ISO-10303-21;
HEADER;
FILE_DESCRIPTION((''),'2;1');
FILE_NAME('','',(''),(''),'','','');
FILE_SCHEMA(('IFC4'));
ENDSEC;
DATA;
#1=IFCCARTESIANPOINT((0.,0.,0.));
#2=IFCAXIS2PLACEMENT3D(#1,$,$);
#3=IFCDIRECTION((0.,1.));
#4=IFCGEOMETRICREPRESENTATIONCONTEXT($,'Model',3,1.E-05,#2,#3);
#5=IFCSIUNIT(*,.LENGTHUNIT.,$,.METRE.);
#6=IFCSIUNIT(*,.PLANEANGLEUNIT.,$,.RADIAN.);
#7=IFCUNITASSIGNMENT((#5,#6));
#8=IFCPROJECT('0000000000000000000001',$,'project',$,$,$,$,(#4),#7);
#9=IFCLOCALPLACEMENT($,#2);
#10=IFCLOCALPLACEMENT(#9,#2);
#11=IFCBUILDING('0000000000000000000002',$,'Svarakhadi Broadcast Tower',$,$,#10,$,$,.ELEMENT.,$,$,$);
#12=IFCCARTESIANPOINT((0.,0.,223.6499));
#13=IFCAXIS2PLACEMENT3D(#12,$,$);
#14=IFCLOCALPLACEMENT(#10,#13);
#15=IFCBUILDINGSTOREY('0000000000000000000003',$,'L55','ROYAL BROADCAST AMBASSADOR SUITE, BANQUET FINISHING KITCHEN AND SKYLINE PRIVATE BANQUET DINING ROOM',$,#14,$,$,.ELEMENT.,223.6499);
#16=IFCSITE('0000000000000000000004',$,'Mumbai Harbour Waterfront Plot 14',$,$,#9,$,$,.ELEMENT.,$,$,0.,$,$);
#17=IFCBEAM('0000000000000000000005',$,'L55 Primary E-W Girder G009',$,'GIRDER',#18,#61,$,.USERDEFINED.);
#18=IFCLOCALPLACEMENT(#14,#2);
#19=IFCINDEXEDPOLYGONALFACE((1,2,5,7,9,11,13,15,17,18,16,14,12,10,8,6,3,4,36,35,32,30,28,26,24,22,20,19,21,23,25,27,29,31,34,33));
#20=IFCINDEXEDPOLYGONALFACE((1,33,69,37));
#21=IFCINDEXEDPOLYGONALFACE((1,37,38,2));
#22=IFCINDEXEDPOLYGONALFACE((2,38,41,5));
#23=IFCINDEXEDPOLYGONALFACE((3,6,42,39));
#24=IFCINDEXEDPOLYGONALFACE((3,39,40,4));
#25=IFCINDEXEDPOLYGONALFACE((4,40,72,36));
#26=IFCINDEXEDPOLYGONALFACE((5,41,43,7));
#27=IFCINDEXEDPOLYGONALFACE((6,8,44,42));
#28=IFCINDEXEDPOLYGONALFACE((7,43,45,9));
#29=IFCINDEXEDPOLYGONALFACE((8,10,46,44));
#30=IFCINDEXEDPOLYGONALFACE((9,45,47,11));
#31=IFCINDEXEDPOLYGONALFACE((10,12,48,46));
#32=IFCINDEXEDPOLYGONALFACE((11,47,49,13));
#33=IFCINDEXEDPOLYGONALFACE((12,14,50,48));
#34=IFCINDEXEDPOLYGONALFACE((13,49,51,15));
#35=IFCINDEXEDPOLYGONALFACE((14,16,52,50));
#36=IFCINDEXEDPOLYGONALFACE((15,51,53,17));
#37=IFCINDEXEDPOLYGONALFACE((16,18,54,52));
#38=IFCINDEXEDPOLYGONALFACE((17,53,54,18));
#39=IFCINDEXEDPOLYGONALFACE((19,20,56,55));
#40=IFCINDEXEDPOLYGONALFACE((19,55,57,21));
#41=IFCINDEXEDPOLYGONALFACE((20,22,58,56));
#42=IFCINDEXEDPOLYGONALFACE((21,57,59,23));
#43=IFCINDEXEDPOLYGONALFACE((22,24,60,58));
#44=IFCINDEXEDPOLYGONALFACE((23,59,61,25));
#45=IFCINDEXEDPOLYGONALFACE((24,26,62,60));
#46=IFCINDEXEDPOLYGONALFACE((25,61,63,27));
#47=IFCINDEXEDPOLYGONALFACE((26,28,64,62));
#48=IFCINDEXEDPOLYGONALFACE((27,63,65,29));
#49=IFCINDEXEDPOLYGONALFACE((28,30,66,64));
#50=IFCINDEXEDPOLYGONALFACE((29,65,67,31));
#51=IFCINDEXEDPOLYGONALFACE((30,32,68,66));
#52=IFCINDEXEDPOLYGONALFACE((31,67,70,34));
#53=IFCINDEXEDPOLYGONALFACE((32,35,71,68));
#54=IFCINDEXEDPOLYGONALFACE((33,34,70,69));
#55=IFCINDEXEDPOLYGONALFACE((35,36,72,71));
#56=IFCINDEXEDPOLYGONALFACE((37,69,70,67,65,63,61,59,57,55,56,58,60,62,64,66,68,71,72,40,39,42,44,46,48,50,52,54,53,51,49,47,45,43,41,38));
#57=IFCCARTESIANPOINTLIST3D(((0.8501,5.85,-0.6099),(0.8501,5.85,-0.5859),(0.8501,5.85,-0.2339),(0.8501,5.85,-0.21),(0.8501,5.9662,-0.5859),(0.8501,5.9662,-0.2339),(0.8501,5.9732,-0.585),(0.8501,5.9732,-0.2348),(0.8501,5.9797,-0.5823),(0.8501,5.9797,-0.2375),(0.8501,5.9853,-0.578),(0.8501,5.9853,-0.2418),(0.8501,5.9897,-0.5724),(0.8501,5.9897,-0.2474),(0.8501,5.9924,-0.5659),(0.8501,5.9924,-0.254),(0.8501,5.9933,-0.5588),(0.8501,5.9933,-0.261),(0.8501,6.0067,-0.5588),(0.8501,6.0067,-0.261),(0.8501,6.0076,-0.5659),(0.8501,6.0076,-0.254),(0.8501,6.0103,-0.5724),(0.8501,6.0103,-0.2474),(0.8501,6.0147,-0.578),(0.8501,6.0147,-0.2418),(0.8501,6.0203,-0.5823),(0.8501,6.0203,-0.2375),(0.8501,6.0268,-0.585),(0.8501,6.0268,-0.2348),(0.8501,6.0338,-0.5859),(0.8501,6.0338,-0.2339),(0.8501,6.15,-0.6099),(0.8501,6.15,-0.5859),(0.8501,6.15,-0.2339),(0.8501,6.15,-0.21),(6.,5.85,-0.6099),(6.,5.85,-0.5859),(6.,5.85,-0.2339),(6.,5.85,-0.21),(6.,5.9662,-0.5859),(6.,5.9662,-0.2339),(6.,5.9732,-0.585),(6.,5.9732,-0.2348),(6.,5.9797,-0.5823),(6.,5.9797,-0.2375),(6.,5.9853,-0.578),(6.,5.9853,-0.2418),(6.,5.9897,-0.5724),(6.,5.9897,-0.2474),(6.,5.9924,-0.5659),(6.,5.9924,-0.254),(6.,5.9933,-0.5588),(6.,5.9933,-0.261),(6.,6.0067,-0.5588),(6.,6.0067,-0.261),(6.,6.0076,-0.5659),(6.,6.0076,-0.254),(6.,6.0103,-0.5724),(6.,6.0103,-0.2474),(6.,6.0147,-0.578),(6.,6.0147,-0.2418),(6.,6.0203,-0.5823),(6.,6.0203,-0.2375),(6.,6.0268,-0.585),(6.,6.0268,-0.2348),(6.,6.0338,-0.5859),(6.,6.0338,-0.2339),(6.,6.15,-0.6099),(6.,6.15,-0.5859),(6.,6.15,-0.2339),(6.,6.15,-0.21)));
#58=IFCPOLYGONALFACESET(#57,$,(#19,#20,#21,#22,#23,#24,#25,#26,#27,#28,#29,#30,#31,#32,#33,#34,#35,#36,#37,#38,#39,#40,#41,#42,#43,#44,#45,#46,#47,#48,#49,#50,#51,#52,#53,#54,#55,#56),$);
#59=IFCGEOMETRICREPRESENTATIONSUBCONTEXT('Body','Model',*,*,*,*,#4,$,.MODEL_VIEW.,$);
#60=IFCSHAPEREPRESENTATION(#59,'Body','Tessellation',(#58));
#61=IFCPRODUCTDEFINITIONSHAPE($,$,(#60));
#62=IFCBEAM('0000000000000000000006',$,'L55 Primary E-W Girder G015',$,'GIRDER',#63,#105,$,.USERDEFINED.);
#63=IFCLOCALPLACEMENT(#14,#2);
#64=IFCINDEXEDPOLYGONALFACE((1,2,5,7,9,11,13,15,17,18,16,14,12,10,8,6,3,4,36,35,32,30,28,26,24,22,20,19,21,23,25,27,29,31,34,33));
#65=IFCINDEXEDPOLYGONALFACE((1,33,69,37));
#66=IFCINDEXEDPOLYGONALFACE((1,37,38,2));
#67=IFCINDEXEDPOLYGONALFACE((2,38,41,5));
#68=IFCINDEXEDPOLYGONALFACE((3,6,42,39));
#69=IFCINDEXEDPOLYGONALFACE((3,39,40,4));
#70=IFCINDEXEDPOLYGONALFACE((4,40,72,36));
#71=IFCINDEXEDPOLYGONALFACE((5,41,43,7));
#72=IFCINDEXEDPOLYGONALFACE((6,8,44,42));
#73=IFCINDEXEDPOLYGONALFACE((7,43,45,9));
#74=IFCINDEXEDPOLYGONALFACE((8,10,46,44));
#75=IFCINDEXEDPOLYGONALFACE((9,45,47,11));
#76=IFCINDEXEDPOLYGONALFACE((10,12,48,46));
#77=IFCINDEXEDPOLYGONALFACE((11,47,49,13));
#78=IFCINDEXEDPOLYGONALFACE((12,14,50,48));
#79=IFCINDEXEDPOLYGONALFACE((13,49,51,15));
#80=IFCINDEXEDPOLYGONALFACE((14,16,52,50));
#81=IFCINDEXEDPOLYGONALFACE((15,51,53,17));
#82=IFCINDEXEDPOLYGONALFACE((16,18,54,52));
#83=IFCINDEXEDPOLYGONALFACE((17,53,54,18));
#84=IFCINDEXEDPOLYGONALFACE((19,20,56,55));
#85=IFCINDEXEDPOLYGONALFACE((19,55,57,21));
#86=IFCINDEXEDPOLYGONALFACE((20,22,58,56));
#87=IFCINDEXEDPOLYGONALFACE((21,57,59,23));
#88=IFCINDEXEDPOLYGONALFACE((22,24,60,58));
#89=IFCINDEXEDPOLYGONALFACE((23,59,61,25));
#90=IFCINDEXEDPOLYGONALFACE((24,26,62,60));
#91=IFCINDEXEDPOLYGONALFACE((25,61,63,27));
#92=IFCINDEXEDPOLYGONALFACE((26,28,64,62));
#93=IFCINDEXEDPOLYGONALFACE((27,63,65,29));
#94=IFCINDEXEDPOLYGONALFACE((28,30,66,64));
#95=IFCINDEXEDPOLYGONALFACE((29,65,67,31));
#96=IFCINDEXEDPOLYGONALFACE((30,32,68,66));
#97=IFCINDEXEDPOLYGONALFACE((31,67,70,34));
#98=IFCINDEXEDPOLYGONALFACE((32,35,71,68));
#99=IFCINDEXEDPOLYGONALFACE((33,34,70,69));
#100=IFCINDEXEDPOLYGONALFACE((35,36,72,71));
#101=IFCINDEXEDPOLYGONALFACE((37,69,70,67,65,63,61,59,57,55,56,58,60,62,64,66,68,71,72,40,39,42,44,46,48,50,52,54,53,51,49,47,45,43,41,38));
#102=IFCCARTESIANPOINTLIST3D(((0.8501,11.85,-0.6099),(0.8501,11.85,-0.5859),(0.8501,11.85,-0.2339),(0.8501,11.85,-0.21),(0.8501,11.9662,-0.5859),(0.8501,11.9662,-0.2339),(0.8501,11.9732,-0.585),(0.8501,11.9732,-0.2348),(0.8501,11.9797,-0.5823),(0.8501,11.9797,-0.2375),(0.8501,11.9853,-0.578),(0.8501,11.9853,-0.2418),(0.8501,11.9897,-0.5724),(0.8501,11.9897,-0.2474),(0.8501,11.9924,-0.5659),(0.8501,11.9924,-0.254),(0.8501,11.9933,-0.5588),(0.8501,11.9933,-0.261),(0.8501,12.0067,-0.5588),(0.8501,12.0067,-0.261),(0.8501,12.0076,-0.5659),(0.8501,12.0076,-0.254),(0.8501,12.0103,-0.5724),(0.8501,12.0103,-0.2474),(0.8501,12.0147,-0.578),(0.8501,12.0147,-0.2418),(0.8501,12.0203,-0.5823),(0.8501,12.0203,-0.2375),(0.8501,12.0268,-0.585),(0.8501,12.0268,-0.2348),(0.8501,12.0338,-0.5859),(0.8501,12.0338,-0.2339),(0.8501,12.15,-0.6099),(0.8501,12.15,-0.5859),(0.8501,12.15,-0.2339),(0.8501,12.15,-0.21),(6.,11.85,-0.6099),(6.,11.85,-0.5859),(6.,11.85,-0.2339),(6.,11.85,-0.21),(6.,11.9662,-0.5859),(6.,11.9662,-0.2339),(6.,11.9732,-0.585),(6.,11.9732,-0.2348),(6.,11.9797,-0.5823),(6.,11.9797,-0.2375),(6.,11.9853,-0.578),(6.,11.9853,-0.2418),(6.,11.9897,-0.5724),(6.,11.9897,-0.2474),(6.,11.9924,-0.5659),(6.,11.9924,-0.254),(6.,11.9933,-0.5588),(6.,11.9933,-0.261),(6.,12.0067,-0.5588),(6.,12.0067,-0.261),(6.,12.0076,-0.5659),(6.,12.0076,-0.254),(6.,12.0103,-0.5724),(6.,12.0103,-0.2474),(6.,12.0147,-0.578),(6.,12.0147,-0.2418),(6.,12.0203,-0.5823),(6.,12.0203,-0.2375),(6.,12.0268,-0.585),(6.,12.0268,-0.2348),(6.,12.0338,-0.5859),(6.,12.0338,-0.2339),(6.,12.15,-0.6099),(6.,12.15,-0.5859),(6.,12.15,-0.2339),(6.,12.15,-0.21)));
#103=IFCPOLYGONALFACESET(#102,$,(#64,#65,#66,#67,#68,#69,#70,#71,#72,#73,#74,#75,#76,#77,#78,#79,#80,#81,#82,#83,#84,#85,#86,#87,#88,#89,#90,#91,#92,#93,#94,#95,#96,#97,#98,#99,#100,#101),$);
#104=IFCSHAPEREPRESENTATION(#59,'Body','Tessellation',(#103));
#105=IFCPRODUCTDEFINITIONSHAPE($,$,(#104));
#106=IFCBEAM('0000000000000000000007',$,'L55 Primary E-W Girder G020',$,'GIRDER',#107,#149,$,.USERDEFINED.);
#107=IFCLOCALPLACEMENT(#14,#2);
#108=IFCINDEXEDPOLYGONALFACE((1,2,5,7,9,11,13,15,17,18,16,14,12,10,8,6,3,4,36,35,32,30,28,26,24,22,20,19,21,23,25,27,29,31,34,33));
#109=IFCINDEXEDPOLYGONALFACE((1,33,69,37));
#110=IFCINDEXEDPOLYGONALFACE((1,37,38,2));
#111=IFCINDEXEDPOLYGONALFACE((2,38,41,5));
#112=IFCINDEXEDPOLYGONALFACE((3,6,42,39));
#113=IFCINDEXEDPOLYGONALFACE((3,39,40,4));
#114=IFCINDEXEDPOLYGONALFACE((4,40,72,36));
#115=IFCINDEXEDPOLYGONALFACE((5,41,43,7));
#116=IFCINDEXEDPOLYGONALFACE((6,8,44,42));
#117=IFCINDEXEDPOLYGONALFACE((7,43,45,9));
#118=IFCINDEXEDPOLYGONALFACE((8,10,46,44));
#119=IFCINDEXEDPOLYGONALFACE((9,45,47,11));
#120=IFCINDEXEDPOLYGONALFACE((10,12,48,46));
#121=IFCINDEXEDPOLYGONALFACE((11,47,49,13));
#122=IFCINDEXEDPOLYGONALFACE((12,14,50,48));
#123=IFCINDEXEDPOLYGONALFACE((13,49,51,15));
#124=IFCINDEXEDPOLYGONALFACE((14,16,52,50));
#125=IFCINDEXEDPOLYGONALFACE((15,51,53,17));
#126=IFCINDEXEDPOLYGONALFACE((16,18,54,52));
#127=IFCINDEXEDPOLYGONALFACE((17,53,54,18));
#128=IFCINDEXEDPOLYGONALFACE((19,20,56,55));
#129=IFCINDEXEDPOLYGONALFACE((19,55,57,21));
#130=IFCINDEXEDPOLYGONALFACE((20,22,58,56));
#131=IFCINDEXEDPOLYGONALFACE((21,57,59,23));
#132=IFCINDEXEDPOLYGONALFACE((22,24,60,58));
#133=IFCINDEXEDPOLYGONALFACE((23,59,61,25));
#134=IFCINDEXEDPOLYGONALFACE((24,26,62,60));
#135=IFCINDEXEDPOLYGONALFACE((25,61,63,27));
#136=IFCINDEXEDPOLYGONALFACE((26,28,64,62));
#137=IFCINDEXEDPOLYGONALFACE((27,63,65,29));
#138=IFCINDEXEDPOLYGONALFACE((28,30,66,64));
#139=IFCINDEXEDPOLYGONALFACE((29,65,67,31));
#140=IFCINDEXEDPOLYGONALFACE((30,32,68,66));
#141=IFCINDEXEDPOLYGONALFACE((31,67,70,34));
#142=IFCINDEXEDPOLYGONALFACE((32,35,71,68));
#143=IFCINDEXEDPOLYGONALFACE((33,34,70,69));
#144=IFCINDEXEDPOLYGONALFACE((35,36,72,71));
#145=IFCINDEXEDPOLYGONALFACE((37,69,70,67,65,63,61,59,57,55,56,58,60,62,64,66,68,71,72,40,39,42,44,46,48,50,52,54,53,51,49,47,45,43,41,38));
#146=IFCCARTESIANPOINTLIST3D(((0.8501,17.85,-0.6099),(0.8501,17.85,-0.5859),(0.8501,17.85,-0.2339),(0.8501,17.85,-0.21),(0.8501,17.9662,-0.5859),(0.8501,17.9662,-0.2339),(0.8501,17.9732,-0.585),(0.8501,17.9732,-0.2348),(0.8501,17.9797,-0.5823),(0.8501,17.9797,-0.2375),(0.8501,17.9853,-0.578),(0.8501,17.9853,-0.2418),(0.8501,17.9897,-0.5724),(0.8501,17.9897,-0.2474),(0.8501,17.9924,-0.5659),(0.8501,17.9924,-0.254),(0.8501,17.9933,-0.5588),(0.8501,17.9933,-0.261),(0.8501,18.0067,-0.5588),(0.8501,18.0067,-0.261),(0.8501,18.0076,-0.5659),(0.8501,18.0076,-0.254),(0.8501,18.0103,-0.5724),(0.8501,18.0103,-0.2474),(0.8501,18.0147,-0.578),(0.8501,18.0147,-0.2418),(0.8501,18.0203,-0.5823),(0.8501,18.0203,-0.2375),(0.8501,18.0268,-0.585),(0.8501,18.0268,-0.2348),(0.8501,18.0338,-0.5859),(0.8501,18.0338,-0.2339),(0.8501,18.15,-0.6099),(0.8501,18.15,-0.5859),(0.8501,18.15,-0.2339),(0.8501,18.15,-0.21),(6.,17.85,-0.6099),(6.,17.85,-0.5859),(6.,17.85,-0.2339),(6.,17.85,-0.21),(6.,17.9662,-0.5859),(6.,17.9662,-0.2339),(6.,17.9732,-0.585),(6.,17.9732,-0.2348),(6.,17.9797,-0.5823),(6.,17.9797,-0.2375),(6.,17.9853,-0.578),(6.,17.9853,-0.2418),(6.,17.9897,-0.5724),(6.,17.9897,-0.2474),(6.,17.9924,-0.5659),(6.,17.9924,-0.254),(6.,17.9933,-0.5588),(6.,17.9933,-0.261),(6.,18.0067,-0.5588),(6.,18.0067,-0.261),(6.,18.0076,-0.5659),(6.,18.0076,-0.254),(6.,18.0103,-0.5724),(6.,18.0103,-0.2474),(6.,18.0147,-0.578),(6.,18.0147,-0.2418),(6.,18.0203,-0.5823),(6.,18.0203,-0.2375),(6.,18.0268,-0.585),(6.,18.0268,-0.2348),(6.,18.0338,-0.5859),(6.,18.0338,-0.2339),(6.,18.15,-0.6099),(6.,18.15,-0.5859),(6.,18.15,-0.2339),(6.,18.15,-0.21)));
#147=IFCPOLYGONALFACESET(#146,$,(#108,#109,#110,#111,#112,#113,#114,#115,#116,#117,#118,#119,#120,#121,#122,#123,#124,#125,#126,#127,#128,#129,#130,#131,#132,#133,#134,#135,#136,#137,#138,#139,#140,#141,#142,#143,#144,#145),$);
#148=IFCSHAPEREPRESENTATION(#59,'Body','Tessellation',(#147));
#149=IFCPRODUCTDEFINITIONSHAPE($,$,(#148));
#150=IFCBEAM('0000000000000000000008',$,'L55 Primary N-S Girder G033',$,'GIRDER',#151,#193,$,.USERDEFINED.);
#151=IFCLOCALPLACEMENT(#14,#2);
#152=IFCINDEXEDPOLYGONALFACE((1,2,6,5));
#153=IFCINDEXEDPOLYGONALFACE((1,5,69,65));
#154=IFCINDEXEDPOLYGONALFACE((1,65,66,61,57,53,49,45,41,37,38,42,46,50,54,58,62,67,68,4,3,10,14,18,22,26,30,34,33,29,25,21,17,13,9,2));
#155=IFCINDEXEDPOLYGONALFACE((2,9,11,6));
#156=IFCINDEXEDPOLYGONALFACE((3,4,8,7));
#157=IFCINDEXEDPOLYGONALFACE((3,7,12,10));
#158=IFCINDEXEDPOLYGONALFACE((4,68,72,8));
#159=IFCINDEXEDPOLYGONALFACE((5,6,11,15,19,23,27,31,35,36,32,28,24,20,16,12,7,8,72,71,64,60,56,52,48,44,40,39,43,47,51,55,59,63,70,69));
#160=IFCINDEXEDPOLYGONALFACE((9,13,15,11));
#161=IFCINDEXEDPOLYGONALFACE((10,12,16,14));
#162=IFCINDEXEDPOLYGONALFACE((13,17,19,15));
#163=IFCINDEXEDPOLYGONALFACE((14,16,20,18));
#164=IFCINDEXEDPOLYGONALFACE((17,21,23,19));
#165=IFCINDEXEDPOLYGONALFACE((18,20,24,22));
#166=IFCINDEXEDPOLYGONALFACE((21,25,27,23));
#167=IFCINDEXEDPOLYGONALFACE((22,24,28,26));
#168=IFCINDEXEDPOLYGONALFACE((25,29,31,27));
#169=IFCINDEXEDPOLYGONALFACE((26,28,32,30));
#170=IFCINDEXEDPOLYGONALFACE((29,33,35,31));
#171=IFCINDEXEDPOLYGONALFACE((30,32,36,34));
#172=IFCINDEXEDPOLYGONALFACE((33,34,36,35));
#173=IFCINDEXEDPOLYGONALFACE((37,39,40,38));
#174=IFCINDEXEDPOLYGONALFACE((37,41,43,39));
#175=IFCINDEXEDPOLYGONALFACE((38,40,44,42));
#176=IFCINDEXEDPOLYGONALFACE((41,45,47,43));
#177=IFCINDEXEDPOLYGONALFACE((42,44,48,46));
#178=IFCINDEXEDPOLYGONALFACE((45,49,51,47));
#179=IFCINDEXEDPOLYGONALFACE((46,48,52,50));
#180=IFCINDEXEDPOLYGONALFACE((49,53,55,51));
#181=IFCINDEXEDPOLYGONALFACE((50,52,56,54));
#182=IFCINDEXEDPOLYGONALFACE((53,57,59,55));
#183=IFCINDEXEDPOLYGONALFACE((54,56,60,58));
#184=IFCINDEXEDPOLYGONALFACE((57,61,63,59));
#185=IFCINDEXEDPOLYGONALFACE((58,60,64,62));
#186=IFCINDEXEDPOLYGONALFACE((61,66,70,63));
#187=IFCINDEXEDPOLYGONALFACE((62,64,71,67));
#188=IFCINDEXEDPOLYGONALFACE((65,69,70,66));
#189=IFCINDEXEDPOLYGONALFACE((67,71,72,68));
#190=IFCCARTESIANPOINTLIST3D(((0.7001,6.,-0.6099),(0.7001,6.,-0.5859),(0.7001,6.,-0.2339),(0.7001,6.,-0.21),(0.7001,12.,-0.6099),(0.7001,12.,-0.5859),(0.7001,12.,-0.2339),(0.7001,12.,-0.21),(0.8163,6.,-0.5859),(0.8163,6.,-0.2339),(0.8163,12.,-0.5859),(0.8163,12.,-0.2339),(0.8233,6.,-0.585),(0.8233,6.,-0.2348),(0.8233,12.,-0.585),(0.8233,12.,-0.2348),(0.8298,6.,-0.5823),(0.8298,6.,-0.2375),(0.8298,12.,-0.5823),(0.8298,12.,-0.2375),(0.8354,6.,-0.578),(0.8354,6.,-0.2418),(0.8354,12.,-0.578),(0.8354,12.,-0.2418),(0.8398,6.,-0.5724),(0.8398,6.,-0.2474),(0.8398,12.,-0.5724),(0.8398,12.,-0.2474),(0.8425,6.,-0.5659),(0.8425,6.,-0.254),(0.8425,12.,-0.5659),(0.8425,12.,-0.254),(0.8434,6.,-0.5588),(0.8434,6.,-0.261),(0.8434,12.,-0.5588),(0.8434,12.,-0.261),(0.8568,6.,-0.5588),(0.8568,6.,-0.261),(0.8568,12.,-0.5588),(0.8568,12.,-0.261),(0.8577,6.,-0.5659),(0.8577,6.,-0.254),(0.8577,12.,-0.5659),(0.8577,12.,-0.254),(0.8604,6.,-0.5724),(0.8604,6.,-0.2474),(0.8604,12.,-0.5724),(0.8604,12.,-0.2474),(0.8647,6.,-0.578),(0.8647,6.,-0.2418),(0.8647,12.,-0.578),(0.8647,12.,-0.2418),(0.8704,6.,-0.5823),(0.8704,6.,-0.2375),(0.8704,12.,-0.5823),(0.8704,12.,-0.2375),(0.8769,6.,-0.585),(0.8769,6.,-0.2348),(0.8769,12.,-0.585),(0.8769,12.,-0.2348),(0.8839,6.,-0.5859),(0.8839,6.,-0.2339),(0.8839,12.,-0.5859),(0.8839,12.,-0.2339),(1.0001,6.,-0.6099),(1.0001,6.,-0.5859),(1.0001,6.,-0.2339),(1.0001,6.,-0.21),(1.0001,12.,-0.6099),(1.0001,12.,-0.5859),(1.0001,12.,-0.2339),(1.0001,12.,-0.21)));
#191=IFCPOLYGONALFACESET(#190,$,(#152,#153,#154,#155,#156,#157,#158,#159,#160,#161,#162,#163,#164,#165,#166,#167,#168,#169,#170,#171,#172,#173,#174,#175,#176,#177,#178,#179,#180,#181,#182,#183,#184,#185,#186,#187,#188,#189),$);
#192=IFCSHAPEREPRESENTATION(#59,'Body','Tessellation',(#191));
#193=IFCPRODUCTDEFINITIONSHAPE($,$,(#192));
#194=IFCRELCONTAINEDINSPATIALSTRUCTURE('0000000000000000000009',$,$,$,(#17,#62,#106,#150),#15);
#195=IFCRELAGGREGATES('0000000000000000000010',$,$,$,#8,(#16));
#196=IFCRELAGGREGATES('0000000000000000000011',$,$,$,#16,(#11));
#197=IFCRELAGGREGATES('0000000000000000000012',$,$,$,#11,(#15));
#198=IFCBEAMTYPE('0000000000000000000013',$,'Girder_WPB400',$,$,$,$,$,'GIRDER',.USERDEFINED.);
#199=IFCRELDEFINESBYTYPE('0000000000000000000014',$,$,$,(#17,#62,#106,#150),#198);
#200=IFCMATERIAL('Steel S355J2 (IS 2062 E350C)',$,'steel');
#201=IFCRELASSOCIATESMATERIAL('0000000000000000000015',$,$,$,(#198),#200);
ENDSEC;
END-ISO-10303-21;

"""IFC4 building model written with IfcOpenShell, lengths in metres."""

from ifc_helpers import new_model, si_unit, direction, frame, origin, origin_2d, place, context, subcontext, project, spatial, i_section, extrude, material, material_profile, profile_set, type_object, element, save


model = new_model("IFC4")

# Units and contexts
model_context = context("Model", 3, precision=1e-05, world=origin(), true_north=direction((0.0, 1.0)))
body_context = subcontext(model_context, "Body", "Model", "MODEL_VIEW")
ifc_project = project(units=[si_unit("LENGTHUNIT", "METRE"), si_unit("PLANEANGLEUNIT", "RADIAN")], contexts=[model_context])

# Site, building, storey
site_placement = place(None, origin())
site = spatial("IfcSite", under=ifc_project, at=site_placement, Name="Mumbai Harbour Waterfront Plot 14", CompositionType="ELEMENT", RefElevation=0.0)
building_placement = place(site_placement, origin())
building = spatial("IfcBuilding", under=site, at=building_placement, Name="Svarakhadi Broadcast Tower", CompositionType="ELEMENT")
storey_placement = place(building_placement, frame((0.0, 0.0, 223.6499)))
storey = spatial("IfcBuildingStorey", under=building, at=storey_placement, Name="L55", Description="ROYAL BROADCAST AMBASSADOR SUITE, BANQUET FINISHING KITCHEN AND SKYLINE PRIVATE BANQUET DINING ROOM", CompositionType="ELEMENT", Elevation=223.6499)

# Shared definitions
ifc_material_1 = material(Name="Steel S355J2 (IS 2062 E350C)", Category="steel")

# Beams
ifc_material_profile_1 = material_profile(ifc_material_1, i_section(OverallWidth=0.3, OverallDepth=0.3999, WebThickness=0.0134, FlangeThickness=0.0239, FilletRadius=0.0271, at=origin_2d()), Name="WPB 400x300x155")
ifc_profile_set_1 = profile_set([ifc_material_profile_1], Name="Steel S355J2 (IS 2062 E350C)")
beam_type_1 = type_object("IfcBeamType", Name="Girder_WPB400", ElementType="GIRDER", PredefinedType="USERDEFINED", material=ifc_profile_set_1)
for number, where, z_axis, x_axis, name in (
    (1, (0.8501, 6.0, -0.4099), (1.0, 0.0, 0.0), (0.0, 1.0, 0.0), "L55 Primary E-W Girder G009"),
    (2, (0.8501, 12.0, -0.4099), (1.0, 0.0, 0.0), (0.0, 1.0, 0.0), "L55 Primary E-W Girder G015"),
    (3, (0.8501, 18.0, -0.4099), (1.0, 0.0, 0.0), (0.0, 1.0, 0.0), "L55 Primary E-W Girder G020"),
):
    element("IfcBeam", number, at=place(storey_placement, frame(where, z_axis=z_axis, x_axis=x_axis)), inside=storey, type_object=beam_type_1, Name=name, ObjectType="GIRDER", PredefinedType="USERDEFINED", context=body_context, shape_type="SweptSolid", body=[
        extrude(i_section(OverallWidth=0.3, OverallDepth=0.3999, WebThickness=0.0134, FlangeThickness=0.0239, FilletRadius=0.0271, at=origin_2d()), origin(), (0.0, 0.0, 1.0), 5.1499),
    ])
for number, where, z_axis, x_axis, name in (
    (4, (0.8501, 6.0, -0.4099), (0.0, 1.0, 0.0), (-1.0, 0.0, 0.0), "L55 Primary N-S Girder G033"),
):
    element("IfcBeam", number, at=place(storey_placement, frame(where, z_axis=z_axis, x_axis=x_axis)), inside=storey, type_object=beam_type_1, Name=name, ObjectType="GIRDER", PredefinedType="USERDEFINED", context=body_context, shape_type="SweptSolid", body=[
        extrude(i_section(OverallWidth=0.3, OverallDepth=0.3999, WebThickness=0.0134, FlangeThickness=0.0239, FilletRadius=0.0271, at=origin_2d()), origin(), (0.0, 0.0, 1.0), 6.0),
    ])

save(model, "model.ifc")
